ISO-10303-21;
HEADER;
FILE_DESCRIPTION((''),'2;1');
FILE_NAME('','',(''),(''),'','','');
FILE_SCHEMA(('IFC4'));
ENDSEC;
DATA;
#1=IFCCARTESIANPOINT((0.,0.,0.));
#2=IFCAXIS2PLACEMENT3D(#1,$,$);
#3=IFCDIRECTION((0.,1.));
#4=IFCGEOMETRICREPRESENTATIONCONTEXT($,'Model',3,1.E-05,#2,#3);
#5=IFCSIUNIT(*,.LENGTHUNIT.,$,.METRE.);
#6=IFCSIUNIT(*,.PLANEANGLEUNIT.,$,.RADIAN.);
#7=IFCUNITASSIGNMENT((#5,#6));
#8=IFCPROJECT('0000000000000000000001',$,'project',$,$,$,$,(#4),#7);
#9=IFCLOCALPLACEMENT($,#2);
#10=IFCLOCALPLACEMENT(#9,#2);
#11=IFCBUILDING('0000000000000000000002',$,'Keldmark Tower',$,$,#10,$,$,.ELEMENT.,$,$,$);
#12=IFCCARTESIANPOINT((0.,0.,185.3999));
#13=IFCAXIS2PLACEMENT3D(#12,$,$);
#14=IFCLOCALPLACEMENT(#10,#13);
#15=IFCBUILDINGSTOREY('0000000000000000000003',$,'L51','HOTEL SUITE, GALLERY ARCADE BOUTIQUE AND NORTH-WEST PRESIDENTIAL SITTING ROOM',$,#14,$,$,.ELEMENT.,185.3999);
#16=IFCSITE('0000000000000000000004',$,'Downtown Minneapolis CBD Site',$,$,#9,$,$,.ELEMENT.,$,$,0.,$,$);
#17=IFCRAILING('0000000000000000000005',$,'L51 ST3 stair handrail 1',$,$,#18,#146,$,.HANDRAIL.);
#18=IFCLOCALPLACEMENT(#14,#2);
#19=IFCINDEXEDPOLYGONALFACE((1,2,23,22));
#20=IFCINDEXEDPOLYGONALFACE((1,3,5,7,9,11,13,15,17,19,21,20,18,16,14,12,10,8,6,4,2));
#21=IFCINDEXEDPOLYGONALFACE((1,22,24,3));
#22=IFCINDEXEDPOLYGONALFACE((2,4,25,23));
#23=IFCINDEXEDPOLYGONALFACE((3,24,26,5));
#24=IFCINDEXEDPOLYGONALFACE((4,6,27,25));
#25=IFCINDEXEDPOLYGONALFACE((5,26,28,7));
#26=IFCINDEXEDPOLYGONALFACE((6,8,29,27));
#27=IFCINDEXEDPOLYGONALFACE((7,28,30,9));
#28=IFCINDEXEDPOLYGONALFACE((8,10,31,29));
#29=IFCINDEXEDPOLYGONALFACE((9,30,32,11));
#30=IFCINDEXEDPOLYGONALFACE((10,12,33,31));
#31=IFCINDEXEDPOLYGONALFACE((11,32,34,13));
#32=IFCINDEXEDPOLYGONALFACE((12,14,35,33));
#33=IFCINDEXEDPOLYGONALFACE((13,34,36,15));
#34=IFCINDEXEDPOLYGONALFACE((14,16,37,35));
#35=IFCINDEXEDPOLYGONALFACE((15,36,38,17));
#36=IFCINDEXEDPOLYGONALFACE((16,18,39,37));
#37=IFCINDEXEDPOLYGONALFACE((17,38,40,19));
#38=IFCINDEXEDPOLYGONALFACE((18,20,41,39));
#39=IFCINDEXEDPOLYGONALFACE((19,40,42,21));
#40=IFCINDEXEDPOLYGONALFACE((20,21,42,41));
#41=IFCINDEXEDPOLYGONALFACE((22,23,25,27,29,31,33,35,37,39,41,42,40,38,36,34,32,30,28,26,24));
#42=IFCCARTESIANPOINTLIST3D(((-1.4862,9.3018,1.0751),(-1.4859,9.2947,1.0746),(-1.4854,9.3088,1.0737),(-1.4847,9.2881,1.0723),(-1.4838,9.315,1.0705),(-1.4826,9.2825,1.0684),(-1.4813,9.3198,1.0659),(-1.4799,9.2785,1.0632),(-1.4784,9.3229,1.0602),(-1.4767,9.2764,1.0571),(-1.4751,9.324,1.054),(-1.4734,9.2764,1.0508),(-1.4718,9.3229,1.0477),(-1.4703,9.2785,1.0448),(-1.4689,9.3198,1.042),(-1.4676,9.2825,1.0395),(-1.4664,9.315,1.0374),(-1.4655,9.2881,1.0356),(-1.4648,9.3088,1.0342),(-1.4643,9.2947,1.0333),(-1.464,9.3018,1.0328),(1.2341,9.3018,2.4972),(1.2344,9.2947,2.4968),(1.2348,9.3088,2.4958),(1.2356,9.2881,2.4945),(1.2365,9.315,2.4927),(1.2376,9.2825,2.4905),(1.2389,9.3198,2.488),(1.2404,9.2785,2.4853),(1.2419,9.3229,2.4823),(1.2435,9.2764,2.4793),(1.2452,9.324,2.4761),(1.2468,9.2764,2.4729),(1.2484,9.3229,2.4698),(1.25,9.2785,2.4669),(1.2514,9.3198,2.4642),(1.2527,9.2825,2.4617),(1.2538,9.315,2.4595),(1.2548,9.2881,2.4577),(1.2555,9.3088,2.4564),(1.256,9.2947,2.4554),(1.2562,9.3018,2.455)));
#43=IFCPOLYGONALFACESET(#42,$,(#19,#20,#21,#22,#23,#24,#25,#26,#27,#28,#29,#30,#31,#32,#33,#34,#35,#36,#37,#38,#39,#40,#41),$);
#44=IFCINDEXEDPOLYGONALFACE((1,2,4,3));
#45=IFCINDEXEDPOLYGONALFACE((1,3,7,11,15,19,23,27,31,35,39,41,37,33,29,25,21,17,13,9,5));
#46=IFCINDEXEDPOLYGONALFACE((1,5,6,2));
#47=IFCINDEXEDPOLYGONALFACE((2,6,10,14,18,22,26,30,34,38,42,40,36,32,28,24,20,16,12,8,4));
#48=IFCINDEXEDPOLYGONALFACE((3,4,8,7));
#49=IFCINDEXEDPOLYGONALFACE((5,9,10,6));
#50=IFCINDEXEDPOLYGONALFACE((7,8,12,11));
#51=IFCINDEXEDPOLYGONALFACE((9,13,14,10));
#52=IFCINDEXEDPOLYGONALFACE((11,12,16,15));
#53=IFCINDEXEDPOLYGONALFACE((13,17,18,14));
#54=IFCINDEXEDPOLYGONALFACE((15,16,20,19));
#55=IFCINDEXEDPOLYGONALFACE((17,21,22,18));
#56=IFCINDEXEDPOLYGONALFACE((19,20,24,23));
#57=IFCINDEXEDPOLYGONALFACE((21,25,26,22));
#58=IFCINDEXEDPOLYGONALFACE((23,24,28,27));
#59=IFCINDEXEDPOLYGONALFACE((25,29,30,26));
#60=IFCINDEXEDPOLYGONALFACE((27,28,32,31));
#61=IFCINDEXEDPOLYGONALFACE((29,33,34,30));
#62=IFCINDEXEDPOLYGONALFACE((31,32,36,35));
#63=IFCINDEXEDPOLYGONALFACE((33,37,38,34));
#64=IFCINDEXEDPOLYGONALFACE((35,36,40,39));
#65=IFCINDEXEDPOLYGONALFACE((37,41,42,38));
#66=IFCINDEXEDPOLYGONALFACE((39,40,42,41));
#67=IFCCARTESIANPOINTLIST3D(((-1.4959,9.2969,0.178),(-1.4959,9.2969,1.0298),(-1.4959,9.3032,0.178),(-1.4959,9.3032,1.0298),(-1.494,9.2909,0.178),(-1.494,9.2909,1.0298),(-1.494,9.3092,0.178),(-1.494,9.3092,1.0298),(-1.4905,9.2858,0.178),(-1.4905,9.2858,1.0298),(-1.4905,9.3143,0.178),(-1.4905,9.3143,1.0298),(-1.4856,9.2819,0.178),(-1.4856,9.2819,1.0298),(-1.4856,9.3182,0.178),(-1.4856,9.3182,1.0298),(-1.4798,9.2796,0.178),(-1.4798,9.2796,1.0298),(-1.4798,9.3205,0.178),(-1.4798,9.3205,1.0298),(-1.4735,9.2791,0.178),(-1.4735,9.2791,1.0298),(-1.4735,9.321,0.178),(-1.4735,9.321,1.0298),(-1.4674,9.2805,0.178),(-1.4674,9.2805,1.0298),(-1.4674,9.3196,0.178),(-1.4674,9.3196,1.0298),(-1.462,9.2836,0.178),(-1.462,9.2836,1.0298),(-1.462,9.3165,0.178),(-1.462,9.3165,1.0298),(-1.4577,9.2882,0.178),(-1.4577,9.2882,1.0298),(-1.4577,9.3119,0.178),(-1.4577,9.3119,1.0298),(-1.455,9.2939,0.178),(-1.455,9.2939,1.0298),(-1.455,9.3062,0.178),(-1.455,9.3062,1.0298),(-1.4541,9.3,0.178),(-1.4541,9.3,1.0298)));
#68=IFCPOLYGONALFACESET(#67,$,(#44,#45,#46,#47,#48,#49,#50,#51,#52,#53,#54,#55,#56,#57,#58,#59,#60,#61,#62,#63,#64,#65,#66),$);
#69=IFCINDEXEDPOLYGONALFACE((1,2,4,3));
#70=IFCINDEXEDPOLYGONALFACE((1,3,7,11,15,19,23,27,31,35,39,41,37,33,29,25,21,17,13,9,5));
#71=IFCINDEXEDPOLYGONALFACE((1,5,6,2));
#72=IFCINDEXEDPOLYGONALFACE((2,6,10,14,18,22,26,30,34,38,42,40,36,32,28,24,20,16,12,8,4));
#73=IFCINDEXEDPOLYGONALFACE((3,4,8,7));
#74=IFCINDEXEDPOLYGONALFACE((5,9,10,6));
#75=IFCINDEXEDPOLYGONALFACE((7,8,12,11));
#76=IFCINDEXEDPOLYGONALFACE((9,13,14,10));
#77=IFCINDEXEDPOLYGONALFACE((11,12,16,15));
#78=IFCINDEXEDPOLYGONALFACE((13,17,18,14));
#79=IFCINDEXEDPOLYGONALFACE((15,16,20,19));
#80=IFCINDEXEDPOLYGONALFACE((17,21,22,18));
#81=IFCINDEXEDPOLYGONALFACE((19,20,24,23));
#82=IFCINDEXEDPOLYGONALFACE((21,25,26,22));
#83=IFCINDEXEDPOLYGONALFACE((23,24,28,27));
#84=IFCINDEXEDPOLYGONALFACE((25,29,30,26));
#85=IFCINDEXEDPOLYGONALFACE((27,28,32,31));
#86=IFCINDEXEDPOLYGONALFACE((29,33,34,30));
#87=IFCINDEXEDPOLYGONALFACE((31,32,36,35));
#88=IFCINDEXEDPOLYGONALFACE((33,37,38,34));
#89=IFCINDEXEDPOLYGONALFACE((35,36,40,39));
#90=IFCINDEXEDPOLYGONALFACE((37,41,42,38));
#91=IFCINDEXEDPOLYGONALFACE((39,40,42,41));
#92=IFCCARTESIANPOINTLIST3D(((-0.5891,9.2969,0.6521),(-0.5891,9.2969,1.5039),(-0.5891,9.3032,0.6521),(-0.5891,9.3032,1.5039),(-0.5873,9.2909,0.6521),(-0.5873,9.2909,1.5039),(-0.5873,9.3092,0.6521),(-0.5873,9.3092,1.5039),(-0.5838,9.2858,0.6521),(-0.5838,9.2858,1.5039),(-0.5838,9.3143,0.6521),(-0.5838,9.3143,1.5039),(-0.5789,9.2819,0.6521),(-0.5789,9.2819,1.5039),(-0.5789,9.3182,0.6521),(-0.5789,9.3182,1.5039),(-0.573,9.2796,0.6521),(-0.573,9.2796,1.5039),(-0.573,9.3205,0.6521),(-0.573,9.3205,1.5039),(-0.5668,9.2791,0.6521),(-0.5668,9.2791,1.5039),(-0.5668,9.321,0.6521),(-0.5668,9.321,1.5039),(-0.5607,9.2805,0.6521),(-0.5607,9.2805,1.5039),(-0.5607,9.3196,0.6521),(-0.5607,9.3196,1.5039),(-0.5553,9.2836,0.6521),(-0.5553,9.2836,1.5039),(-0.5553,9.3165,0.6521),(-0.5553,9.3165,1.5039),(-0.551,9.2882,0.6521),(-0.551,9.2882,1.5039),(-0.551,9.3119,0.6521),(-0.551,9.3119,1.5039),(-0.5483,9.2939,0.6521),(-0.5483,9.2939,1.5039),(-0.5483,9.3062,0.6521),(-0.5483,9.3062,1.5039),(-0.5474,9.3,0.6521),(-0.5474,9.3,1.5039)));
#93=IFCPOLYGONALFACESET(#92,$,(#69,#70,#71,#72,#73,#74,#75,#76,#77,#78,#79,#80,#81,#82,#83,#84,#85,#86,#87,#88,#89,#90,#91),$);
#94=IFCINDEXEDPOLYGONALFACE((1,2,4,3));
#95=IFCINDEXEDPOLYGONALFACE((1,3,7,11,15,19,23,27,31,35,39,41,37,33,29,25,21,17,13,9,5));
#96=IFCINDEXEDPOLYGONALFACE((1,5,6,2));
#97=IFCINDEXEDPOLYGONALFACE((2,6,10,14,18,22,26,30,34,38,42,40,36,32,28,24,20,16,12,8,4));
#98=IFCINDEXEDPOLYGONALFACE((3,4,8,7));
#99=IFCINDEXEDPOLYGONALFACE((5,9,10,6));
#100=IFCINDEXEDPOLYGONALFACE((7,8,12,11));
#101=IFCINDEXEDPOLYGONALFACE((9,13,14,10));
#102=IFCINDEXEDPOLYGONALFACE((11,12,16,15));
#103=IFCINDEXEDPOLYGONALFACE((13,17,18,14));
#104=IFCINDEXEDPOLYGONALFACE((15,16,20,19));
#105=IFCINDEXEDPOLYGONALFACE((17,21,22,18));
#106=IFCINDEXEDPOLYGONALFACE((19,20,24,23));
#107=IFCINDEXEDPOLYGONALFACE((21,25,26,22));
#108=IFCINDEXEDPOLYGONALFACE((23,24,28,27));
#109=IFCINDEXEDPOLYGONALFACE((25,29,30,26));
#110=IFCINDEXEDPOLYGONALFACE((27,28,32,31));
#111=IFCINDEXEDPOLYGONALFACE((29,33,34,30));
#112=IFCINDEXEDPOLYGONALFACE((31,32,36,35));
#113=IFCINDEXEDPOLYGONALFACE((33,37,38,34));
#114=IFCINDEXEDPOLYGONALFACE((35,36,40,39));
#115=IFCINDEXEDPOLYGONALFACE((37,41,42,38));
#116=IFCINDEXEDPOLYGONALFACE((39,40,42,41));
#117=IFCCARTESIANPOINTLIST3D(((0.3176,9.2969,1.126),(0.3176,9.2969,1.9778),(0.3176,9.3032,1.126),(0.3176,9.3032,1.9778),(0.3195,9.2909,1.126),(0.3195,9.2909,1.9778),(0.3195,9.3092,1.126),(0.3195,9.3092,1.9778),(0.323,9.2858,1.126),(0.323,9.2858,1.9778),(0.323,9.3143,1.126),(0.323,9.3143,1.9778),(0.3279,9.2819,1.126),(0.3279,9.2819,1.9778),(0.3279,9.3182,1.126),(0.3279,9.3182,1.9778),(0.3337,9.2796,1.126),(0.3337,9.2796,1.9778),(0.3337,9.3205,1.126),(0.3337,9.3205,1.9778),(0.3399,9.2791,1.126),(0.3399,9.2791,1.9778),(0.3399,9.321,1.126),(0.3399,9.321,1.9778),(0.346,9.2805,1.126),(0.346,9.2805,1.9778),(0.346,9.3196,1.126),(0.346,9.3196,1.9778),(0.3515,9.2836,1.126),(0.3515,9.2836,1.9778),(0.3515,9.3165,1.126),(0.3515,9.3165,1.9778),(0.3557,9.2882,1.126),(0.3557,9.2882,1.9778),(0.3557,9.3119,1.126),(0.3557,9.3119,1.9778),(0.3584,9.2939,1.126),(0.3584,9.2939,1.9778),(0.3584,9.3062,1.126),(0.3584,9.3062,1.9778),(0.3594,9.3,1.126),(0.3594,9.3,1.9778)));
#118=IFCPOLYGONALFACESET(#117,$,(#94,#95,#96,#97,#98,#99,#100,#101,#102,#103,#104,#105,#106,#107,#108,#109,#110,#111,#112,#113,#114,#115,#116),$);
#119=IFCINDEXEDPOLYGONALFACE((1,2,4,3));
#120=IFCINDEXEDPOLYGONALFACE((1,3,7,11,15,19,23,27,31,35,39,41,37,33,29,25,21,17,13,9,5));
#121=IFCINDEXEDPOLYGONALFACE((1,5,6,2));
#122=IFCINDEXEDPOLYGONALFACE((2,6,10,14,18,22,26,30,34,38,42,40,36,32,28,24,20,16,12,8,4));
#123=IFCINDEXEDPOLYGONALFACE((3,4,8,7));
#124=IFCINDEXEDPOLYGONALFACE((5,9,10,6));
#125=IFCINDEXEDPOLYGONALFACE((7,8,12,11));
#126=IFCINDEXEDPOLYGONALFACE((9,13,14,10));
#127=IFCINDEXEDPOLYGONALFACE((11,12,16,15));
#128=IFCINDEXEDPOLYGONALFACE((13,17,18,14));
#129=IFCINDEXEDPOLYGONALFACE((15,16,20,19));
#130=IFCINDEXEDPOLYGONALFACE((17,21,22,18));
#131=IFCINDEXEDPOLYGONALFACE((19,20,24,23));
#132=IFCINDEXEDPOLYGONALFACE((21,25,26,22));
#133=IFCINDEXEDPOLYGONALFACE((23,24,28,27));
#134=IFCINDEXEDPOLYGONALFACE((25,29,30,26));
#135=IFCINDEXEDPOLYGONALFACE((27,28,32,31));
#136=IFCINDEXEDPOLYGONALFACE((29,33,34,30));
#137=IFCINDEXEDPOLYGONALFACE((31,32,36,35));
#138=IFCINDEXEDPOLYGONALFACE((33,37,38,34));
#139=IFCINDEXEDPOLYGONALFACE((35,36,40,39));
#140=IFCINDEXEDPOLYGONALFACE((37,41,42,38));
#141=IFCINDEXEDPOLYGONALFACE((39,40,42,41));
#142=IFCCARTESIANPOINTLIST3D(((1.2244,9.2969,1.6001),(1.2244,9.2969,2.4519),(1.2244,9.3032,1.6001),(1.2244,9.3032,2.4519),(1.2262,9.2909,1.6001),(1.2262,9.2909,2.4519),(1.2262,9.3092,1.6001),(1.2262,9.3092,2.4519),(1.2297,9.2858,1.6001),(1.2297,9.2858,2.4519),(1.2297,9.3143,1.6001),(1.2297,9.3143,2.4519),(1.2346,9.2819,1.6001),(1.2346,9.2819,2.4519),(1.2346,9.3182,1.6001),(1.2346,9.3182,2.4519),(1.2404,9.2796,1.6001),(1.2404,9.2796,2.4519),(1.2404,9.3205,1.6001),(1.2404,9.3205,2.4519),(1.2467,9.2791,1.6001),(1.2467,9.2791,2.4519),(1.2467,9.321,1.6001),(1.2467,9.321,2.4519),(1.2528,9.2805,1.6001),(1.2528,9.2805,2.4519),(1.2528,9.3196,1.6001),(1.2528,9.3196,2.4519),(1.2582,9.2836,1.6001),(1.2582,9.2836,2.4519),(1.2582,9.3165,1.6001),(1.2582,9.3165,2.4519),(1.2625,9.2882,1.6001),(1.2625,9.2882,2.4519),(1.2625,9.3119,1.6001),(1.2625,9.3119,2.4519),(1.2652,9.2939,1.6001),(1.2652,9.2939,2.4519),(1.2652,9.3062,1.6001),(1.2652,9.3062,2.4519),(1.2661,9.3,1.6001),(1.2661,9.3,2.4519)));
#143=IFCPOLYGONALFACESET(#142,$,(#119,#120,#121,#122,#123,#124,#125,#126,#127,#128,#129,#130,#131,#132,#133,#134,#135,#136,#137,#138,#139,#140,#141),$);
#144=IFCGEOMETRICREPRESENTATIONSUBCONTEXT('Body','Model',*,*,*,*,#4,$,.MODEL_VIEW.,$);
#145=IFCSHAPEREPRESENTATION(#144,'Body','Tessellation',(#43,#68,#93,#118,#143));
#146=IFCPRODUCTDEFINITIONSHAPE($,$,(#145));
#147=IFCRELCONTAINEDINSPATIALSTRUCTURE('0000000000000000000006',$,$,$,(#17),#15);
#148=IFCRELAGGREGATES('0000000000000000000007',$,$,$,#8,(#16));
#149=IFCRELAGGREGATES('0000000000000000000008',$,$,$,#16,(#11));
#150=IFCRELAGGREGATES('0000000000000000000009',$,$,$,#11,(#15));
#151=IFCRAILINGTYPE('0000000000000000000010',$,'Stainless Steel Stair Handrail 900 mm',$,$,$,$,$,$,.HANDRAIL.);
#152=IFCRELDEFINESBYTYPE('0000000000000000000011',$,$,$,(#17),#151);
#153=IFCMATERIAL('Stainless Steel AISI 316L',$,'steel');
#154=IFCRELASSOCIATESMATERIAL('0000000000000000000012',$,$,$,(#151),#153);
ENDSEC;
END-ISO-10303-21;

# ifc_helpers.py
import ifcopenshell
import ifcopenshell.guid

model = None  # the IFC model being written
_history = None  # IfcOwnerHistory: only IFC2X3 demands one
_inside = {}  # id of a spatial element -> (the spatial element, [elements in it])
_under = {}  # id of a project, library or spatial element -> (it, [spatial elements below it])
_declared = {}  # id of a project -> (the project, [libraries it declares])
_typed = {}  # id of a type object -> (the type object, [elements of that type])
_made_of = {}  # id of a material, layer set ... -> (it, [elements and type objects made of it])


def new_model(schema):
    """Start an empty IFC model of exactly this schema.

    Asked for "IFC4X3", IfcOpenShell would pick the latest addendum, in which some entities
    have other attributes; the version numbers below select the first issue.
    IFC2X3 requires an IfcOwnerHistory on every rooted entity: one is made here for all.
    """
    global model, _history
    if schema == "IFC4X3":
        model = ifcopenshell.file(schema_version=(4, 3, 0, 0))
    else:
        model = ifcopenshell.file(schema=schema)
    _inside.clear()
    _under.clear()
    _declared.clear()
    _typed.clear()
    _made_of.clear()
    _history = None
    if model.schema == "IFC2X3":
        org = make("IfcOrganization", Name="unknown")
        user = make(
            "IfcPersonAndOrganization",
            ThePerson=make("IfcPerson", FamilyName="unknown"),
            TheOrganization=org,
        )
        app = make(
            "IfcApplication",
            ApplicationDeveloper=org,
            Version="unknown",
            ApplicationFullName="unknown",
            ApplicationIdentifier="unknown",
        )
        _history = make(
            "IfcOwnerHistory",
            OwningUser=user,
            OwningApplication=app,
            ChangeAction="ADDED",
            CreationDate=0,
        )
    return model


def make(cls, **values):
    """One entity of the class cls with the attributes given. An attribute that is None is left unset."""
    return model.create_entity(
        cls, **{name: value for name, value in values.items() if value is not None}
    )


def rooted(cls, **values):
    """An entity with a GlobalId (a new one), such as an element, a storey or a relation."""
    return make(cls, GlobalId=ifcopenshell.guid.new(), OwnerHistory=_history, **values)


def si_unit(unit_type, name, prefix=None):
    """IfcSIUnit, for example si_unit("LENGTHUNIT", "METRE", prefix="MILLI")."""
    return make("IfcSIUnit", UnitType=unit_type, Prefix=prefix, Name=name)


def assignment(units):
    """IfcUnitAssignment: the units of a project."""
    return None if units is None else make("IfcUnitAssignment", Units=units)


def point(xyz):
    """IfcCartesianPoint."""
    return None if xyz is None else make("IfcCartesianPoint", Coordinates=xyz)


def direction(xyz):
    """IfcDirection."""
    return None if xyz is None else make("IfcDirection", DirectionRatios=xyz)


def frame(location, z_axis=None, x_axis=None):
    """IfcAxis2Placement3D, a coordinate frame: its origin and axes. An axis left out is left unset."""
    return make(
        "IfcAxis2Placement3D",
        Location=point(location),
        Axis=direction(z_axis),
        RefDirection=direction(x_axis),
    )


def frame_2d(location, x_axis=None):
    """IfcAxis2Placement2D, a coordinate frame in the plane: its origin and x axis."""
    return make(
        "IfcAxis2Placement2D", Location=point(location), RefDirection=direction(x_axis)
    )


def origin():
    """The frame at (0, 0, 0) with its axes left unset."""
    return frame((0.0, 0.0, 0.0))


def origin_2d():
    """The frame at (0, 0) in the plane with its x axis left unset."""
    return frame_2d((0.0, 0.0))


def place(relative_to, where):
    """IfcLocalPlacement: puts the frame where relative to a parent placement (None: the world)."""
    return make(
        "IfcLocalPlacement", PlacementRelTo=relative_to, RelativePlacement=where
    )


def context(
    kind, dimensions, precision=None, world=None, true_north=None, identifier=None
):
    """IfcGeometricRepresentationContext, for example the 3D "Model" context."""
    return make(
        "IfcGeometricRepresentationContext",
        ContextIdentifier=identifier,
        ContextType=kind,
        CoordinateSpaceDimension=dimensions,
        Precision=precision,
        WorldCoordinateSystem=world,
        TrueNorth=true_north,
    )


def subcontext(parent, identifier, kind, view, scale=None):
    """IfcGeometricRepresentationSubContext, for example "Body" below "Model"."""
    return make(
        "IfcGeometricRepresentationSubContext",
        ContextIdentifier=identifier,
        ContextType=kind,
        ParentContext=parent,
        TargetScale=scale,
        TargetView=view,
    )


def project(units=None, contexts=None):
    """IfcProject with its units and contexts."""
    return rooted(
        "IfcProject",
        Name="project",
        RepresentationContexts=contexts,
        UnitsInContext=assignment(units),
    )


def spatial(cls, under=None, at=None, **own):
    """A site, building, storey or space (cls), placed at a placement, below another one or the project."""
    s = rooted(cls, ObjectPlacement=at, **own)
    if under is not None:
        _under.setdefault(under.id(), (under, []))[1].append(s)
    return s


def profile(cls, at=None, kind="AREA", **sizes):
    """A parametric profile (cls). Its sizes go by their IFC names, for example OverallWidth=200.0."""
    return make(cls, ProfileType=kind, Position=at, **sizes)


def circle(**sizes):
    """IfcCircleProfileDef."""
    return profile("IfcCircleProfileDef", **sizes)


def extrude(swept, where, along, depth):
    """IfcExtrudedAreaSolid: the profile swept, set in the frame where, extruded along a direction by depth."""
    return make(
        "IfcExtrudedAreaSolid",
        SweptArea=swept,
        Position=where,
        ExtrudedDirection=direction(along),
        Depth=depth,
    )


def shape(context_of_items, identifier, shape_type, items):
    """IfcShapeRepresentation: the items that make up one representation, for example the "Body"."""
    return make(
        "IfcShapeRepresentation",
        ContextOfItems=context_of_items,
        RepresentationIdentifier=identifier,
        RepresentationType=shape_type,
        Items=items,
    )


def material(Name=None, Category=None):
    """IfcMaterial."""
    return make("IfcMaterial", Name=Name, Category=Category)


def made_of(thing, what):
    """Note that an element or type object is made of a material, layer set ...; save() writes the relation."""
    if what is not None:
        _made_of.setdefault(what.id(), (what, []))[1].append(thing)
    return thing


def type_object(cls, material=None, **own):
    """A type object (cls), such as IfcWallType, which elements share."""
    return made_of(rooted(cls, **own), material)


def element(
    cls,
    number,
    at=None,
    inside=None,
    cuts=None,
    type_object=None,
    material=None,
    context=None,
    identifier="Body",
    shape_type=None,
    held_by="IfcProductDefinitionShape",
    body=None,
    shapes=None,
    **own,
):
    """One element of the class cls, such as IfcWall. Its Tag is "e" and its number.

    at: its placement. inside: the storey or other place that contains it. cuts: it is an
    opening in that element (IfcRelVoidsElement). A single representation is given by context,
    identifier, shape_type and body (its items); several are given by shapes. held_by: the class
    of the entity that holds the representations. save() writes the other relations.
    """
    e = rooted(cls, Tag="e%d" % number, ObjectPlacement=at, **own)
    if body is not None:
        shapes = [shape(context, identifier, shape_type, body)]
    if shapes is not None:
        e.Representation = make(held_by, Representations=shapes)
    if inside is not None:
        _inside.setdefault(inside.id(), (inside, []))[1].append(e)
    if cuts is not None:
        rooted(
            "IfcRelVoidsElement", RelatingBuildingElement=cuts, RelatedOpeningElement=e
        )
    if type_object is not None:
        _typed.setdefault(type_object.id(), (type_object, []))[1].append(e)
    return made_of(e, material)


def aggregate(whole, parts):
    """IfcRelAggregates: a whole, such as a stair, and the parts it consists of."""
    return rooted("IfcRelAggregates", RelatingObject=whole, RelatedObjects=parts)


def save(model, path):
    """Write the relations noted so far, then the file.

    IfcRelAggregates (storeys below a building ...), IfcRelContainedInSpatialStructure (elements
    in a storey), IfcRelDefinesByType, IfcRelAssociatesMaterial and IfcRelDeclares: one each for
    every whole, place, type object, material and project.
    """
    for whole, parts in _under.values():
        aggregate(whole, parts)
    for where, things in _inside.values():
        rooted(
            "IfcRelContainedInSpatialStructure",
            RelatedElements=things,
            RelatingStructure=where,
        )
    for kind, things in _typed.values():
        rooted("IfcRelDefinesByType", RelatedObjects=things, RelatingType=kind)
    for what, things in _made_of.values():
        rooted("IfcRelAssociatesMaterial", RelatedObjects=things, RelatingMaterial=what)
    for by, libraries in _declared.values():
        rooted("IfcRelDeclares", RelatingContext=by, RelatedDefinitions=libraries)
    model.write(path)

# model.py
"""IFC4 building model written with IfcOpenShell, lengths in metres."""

from ifc_helpers import new_model, si_unit, direction, frame, origin, origin_2d, place, context, subcontext, project, spatial, circle, extrude, material, type_object, element, save


model = new_model("IFC4")

# Units and contexts
model_context = context("Model", 3, precision=1e-05, world=origin(), true_north=direction((0.0, 1.0)))
body_context = subcontext(model_context, "Body", "Model", "MODEL_VIEW")
ifc_project = project(units=[si_unit("LENGTHUNIT", "METRE"), si_unit("PLANEANGLEUNIT", "RADIAN")], contexts=[model_context])

# Site, building, storey
site_placement = place(None, origin())
site = spatial("IfcSite", under=ifc_project, at=site_placement, Name="Downtown Minneapolis CBD Site", CompositionType="ELEMENT", RefElevation=0.0)
building_placement = place(site_placement, origin())
building = spatial("IfcBuilding", under=site, at=building_placement, Name="Keldmark Tower", CompositionType="ELEMENT")
storey_placement = place(building_placement, frame((0.0, 0.0, 185.3999)))
storey = spatial("IfcBuildingStorey", under=building, at=storey_placement, Name="L51", Description="HOTEL SUITE, GALLERY ARCADE BOUTIQUE AND NORTH-WEST PRESIDENTIAL SITTING ROOM", CompositionType="ELEMENT", Elevation=185.3999)

# Railing
ifc_material_1 = material(Name="Stainless Steel AISI 316L", Category="steel")
railing_type = type_object("IfcRailingType", Name="Stainless Steel Stair Handrail 900 mm", PredefinedType="HANDRAIL", material=ifc_material_1)
railing_placement = place(storey_placement, frame((-1.4751, 9.3, 0.178)))
element("IfcRailing", 1, at=railing_placement, inside=storey, type_object=railing_type, Name="L51 ST3 stair handrail 1", PredefinedType="HANDRAIL", context=body_context, shape_type="SweptSolid", body=[
    extrude(circle(Radius=0.0239, at=origin_2d()), frame((0.0, 0.0, 0.876), z_axis=(0.8862, 0.0, 0.463302), x_axis=(0.0, 1.0, 0.0)), (0.0, 0.0, 1.0), 3.0696),
    extrude(circle(Radius=0.021, at=origin_2d()), origin(), (0.0, 0.0, 1.0), 0.8518),
    extrude(circle(Radius=0.021, at=origin_2d()), frame((0.9067, 0.0, 0.4741)), (0.0, 0.0, 1.0), 0.8518),
    extrude(circle(Radius=0.021, at=origin_2d()), frame((1.8135, 0.0, 0.948)), (0.0, 0.0, 1.0), 0.8518),
    extrude(circle(Radius=0.021, at=origin_2d()), frame((2.7202, 0.0, 1.4221)), (0.0, 0.0, 1.0), 0.8518),
])

save(model, "model.ifc")
